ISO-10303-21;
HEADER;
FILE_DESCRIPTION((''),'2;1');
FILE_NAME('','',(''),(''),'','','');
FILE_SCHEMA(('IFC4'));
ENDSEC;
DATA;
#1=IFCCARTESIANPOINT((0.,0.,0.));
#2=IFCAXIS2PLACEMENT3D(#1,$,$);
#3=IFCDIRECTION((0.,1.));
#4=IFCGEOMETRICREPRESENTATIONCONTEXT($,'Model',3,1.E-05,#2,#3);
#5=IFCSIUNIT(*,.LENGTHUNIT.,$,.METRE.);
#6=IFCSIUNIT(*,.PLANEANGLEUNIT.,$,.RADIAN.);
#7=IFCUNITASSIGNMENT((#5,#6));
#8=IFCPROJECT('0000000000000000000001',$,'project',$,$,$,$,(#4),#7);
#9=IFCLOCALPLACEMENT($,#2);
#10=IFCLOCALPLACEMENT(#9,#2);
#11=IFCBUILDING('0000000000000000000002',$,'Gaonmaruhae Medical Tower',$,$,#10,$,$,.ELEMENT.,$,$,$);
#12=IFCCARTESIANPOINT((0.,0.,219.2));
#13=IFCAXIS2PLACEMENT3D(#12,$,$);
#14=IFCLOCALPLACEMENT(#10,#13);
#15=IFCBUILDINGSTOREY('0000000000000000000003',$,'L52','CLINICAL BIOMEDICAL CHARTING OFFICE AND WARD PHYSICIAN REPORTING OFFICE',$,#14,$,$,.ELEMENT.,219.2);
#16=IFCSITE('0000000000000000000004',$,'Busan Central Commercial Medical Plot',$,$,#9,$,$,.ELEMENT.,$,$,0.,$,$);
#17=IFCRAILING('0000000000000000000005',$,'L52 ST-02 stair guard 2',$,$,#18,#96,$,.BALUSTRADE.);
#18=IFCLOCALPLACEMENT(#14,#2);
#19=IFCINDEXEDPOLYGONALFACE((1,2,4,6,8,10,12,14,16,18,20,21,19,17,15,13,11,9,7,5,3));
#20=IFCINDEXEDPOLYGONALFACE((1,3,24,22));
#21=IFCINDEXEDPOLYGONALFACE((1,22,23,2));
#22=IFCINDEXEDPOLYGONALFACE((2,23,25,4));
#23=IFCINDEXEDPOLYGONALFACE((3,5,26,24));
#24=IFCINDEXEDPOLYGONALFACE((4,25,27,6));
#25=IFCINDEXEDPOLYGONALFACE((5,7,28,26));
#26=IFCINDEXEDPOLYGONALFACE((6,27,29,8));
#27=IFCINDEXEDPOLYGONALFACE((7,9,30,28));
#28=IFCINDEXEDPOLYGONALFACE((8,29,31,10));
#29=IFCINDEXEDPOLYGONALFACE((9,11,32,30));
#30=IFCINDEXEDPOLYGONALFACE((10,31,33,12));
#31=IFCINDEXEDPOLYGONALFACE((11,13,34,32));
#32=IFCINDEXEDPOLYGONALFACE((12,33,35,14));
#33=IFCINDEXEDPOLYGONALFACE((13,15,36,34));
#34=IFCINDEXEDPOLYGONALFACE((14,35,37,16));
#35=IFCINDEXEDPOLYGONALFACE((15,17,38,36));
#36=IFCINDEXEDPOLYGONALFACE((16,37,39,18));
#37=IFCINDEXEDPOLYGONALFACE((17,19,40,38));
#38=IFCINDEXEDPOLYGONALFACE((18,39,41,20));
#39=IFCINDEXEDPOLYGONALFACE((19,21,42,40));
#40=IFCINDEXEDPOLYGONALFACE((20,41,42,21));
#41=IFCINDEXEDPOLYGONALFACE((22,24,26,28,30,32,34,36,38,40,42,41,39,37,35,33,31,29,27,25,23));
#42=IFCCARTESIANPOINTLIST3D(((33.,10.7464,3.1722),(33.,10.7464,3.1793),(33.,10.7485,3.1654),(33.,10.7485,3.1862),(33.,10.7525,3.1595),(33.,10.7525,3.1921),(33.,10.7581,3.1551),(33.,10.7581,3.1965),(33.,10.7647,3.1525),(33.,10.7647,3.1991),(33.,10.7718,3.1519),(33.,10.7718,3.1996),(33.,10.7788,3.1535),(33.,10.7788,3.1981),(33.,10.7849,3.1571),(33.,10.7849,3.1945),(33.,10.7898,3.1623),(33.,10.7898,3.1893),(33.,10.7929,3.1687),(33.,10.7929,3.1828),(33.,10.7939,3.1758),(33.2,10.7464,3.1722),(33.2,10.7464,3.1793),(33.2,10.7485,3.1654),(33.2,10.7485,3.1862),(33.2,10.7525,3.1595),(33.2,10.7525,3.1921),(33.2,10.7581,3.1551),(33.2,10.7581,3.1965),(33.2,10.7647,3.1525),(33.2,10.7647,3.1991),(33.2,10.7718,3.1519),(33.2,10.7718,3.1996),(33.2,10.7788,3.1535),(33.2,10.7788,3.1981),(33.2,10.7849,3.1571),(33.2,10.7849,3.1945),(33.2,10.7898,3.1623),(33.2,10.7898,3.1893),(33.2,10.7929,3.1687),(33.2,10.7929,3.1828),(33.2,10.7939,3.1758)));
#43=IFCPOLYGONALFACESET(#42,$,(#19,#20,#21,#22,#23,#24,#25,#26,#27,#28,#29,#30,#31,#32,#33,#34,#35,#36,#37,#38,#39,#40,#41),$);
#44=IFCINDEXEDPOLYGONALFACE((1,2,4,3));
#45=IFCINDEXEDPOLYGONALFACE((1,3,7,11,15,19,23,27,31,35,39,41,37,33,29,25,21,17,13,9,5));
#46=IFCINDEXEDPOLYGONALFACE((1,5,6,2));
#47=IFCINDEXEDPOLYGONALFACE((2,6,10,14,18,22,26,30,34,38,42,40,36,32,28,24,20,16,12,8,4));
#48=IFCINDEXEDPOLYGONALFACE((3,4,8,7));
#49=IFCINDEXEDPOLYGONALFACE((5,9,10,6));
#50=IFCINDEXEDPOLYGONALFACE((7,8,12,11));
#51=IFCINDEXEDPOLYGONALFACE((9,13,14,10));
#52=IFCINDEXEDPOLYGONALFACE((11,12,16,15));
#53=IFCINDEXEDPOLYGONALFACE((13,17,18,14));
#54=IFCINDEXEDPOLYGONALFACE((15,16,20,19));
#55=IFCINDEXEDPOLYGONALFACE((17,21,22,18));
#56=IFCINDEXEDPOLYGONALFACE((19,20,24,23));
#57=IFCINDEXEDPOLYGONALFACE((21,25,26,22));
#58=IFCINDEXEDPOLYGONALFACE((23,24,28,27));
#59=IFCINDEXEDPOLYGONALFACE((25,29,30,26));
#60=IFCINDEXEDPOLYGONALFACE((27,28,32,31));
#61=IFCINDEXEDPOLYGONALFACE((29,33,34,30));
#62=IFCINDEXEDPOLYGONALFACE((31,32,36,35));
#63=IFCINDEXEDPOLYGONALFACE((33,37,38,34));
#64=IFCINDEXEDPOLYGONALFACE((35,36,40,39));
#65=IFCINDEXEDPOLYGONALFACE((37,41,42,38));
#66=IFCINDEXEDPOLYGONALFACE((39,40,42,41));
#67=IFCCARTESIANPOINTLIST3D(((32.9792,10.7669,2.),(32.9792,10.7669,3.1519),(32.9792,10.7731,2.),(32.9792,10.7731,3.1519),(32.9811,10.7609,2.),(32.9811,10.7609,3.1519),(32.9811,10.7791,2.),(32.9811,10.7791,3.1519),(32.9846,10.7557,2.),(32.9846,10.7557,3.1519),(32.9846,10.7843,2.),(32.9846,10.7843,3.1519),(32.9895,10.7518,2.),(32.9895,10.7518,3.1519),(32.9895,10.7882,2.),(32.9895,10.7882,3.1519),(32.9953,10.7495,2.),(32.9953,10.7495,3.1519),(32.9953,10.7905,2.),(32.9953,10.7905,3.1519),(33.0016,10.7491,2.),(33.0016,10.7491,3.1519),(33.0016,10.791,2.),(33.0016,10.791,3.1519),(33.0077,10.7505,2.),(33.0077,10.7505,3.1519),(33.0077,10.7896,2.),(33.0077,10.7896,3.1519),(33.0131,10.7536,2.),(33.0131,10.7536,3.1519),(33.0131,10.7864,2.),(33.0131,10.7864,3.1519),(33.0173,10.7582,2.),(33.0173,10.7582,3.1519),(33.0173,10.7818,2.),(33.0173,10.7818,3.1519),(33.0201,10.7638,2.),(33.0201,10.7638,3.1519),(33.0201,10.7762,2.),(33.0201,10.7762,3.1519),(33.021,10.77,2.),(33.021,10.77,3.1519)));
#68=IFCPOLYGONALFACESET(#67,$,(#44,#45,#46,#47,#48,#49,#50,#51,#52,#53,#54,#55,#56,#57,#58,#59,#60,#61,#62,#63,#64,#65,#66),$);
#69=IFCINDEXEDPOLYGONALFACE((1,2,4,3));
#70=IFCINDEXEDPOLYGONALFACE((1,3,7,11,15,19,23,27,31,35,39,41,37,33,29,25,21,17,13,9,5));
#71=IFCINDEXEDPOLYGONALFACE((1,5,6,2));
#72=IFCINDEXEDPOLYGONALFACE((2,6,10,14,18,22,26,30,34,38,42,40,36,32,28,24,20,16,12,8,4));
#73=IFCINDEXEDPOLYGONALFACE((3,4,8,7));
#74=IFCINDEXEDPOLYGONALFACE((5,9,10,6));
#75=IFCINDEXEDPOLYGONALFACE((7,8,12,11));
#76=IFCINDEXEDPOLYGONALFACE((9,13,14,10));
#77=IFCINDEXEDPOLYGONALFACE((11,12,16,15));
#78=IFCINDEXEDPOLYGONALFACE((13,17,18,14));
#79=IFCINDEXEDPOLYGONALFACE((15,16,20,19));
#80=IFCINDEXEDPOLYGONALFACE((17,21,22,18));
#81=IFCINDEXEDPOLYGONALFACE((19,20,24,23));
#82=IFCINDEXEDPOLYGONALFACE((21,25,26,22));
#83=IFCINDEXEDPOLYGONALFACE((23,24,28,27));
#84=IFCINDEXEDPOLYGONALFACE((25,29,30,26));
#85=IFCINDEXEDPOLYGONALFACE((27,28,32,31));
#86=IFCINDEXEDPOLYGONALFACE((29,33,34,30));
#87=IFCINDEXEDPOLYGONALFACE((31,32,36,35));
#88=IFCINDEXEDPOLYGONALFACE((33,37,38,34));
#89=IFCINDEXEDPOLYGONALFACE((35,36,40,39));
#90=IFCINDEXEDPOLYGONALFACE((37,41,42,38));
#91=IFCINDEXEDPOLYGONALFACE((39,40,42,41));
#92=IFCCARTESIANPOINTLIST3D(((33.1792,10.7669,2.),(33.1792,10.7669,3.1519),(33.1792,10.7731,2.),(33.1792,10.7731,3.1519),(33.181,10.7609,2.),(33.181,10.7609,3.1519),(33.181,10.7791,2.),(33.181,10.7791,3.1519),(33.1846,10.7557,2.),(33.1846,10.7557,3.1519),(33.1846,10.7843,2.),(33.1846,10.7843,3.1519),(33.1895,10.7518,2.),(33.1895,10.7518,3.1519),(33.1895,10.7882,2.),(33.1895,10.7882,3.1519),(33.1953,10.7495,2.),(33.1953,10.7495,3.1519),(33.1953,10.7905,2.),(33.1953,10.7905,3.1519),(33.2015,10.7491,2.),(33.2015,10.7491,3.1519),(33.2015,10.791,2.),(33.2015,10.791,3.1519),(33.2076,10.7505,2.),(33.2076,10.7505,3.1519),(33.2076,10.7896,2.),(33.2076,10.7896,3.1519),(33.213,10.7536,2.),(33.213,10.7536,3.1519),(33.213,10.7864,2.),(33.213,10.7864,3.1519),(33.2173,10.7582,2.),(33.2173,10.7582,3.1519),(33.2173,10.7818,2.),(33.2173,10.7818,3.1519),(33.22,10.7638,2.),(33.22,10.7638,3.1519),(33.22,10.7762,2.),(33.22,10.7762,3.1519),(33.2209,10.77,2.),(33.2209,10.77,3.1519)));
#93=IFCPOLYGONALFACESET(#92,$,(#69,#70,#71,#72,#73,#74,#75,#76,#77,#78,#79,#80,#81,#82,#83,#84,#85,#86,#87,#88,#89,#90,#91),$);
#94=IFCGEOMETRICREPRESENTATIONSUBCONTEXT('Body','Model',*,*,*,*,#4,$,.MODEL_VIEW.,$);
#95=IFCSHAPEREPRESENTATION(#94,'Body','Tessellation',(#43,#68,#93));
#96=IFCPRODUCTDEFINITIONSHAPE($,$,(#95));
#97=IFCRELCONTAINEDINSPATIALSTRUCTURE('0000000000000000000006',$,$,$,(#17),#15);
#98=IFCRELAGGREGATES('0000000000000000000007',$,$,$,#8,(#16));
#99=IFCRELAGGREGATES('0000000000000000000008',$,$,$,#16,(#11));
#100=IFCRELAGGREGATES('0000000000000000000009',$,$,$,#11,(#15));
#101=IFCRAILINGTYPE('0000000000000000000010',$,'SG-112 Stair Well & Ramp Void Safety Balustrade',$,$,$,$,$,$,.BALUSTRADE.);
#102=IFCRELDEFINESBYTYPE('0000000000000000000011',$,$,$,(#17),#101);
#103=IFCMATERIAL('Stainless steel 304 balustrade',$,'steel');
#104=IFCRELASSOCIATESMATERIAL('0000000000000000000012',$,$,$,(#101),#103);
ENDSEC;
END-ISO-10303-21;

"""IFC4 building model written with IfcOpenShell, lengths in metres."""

from ifc_helpers import new_model, si_unit, direction, frame, origin, origin_2d, place, context, subcontext, project, spatial, circle, extrude, material, type_object, element, save


model = new_model("IFC4")

# Units and contexts
model_context = context("Model", 3, precision=1e-05, world=origin(), true_north=direction((0.0, 1.0)))
body_context = subcontext(model_context, "Body", "Model", "MODEL_VIEW")
ifc_project = project(units=[si_unit("LENGTHUNIT", "METRE"), si_unit("PLANEANGLEUNIT", "RADIAN")], contexts=[model_context])

# Site, building, storey
site_placement = place(None, origin())
site = spatial("IfcSite", under=ifc_project, at=site_placement, Name="Busan Central Commercial Medical Plot", CompositionType="ELEMENT", RefElevation=0.0)
building_placement = place(site_placement, origin())
building = spatial("IfcBuilding", under=site, at=building_placement, Name="Gaonmaruhae Medical Tower", CompositionType="ELEMENT")
storey_placement = place(building_placement, frame((0.0, 0.0, 219.2)))
storey = spatial("IfcBuildingStorey", under=building, at=storey_placement, Name="L52", Description="CLINICAL BIOMEDICAL CHARTING OFFICE AND WARD PHYSICIAN REPORTING OFFICE", CompositionType="ELEMENT", Elevation=219.2)

# Railing
ifc_material_1 = material(Name="Stainless steel 304 balustrade", Category="steel")
railing_type_1 = type_object("IfcRailingType", Name="SG-112 Stair Well & Ramp Void Safety Balustrade", PredefinedType="BALUSTRADE", material=ifc_material_1)
railing_1_placement = place(storey_placement, frame((33.0, 10.77, 2.0)))
element("IfcRailing", 1, at=railing_1_placement, inside=storey, type_object=railing_type_1, Name="L52 ST-02 stair guard 2", PredefinedType="BALUSTRADE", context=body_context, shape_type="SweptSolid", body=[
    extrude(circle(Radius=0.0239, at=origin_2d()), frame((0.0, 0.0, 1.1758), z_axis=(1.0, 0.0, 0.0), x_axis=(0.0, 1.0, 0.0)), (0.0, 0.0, 1.0), 0.2),
    extrude(circle(Radius=0.021, at=origin_2d()), origin(), (0.0, 0.0, 1.0), 1.1519),
    extrude(circle(Radius=0.021, at=origin_2d()), frame((0.2, 0.0, 0.0)), (0.0, 0.0, 1.0), 1.1519),
])

save(model, "model.ifc")
